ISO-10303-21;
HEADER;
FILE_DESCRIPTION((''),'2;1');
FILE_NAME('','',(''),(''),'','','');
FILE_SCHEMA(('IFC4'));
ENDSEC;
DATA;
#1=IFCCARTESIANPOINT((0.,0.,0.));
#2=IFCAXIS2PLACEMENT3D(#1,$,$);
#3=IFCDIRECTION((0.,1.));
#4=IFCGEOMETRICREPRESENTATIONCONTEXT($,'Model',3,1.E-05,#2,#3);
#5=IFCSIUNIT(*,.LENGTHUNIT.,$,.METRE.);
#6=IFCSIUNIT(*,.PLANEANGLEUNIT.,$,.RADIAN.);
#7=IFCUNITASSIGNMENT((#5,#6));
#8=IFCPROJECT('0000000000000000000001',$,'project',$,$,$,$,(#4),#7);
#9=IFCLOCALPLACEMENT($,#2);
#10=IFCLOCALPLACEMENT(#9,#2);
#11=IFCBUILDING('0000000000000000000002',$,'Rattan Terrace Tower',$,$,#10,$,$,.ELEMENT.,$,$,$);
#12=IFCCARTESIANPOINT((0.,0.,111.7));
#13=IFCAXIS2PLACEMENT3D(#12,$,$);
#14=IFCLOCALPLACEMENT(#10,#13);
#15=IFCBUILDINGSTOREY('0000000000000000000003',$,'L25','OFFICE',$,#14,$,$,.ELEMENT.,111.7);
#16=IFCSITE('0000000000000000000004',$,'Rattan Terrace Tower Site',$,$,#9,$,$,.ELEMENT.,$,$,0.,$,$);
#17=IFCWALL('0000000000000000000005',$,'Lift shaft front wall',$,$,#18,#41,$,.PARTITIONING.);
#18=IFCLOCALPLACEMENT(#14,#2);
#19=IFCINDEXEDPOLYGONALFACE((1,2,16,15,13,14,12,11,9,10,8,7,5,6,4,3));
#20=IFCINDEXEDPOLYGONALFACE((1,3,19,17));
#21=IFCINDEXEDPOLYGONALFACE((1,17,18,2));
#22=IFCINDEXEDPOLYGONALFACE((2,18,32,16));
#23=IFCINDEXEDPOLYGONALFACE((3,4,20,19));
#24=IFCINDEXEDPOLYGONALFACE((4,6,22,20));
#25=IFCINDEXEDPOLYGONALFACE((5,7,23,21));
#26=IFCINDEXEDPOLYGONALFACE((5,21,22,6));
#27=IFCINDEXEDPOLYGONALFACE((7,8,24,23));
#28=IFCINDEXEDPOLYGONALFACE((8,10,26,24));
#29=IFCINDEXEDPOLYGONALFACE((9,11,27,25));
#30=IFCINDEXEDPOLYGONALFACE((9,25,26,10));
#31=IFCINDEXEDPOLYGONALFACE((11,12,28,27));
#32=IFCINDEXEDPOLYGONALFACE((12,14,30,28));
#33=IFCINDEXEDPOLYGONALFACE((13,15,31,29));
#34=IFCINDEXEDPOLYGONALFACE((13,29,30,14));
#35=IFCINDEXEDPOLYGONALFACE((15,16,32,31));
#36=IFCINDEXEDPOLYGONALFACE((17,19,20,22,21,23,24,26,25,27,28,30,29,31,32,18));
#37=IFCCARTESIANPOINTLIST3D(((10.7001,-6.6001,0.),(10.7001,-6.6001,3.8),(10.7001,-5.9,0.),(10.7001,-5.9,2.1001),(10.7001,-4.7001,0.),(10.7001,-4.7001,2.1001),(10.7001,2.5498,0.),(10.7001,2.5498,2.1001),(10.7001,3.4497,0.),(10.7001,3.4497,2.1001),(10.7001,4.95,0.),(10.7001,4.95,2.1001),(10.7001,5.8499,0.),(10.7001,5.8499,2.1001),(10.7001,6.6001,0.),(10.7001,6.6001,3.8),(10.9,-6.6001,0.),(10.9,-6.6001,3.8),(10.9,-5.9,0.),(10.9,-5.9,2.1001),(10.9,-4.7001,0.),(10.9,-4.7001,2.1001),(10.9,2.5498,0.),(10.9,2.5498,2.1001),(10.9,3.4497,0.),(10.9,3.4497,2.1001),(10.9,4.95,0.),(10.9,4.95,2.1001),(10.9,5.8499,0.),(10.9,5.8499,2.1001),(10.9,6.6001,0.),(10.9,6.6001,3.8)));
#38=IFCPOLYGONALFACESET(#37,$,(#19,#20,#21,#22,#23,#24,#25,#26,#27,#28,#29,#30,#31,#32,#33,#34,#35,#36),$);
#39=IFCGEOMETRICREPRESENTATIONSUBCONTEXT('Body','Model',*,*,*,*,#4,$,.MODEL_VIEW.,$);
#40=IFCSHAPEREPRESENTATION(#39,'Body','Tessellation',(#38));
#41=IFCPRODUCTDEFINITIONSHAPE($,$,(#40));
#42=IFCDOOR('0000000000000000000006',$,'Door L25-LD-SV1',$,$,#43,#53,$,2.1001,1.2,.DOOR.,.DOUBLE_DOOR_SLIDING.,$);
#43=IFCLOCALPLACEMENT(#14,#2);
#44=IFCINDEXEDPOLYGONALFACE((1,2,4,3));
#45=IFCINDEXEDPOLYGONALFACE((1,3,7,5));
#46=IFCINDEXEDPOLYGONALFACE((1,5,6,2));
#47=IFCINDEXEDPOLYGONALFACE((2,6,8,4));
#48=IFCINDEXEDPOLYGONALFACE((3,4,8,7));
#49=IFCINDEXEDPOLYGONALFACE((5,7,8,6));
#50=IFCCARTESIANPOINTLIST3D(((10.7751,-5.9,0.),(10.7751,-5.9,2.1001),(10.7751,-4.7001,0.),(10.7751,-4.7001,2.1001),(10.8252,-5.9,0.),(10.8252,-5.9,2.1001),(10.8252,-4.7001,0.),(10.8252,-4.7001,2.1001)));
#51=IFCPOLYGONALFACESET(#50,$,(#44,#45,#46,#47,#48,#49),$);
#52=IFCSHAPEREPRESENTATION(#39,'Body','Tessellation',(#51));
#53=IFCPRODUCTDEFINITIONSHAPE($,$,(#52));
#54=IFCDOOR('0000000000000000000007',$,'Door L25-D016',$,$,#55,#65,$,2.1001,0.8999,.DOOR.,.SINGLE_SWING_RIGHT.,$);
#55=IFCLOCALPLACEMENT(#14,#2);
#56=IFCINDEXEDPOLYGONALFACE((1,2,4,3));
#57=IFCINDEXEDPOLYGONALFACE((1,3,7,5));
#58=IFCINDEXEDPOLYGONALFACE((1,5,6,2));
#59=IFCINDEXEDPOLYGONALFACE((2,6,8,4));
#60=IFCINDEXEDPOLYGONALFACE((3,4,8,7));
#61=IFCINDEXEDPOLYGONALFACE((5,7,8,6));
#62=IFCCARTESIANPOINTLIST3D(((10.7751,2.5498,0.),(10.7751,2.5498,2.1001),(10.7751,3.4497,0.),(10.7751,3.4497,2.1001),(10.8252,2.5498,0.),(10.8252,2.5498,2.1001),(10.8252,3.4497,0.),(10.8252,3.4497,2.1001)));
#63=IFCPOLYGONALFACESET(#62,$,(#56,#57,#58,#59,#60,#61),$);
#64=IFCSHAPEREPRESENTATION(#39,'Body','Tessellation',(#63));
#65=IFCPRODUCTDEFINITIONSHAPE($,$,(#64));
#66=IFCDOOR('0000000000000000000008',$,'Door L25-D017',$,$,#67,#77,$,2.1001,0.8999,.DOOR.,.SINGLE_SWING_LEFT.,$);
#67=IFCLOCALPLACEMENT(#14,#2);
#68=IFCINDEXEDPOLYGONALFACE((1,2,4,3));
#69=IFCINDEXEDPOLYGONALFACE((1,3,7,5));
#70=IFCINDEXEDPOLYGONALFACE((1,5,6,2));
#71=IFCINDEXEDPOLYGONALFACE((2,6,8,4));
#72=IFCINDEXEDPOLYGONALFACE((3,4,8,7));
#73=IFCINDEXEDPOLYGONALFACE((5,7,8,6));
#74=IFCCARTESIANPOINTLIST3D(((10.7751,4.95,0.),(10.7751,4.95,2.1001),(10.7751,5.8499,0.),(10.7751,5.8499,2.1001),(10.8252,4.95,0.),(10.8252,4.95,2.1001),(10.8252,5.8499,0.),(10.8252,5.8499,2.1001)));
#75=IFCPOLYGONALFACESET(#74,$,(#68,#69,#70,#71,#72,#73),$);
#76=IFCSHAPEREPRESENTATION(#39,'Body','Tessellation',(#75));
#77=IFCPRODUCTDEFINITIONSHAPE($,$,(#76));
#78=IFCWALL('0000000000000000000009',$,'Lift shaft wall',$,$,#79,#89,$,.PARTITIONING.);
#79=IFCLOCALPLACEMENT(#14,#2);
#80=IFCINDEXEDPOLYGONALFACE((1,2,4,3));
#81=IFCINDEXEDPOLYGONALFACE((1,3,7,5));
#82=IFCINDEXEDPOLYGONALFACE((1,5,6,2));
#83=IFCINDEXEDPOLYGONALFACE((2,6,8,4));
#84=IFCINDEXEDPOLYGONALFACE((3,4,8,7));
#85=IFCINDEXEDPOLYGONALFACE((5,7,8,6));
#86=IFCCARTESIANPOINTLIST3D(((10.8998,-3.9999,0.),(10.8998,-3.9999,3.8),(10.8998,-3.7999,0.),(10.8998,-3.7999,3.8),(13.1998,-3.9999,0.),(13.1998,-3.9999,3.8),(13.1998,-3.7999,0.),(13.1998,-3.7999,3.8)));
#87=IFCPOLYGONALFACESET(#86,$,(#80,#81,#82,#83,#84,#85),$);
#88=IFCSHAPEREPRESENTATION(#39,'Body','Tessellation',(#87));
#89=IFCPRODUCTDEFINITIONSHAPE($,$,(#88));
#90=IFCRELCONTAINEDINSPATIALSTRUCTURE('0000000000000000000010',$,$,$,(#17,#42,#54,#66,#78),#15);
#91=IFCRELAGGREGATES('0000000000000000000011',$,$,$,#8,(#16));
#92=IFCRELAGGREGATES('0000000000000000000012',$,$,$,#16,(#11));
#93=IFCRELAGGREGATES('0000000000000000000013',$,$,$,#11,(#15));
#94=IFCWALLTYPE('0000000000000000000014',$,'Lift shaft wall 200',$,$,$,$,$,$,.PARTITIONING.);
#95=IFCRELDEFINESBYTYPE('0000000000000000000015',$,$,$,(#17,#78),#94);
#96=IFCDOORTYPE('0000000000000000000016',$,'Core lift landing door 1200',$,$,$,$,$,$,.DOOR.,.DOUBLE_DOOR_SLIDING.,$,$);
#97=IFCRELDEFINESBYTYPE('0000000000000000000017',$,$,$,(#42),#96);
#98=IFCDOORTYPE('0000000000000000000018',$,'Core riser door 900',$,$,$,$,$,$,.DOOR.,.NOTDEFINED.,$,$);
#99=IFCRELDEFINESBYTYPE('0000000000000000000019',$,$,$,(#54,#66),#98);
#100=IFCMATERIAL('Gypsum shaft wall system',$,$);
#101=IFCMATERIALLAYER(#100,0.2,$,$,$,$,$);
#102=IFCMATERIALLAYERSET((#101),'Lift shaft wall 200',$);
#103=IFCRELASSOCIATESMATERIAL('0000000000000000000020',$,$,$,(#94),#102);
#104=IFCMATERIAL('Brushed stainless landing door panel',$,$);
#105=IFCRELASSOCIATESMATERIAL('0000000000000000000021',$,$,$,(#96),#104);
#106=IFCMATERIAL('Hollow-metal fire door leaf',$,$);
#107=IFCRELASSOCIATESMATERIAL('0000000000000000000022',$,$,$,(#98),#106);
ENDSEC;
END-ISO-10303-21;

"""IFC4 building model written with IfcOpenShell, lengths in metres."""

from ifc_helpers import new_model, si_unit, direction, frame, frame_2d, origin, place, context, subcontext, project, spatial, rectangle, extrude, material, layer, layer_set, type_object, element, fill, save


model = new_model("IFC4")

# Units and contexts
model_context = context("Model", 3, precision=1e-05, world=origin(), true_north=direction((0.0, 1.0)))
body_context = subcontext(model_context, "Body", "Model", "MODEL_VIEW")
ifc_project = project(units=[si_unit("LENGTHUNIT", "METRE"), si_unit("PLANEANGLEUNIT", "RADIAN")], contexts=[model_context])

# Site, building, storey
site_placement = place(None, origin())
site = spatial("IfcSite", under=ifc_project, at=site_placement, Name="Rattan Terrace Tower Site", CompositionType="ELEMENT", RefElevation=0.0)
building_placement = place(site_placement, origin())
building = spatial("IfcBuilding", under=site, at=building_placement, Name="Rattan Terrace Tower", CompositionType="ELEMENT")
storey_placement = place(building_placement, frame((0.0, 0.0, 111.7)))
storey = spatial("IfcBuildingStorey", under=building, at=storey_placement, Name="L25", Description="OFFICE", CompositionType="ELEMENT", Elevation=111.7)

# Wall, openings, doors
ifc_material_1 = material(Name="Gypsum shaft wall system")
ifc_layer_1 = layer(ifc_material_1, 0.2)
ifc_layer_set_1 = layer_set([ifc_layer_1], Name="Lift shaft wall 200")
wall_type_1 = type_object("IfcWallType", Name="Lift shaft wall 200", PredefinedType="PARTITIONING", material=ifc_layer_set_1)
wall_1_placement = place(storey_placement, frame((10.8, -6.6001, 0.0), z_axis=(0.0, 0.0, 1.0), x_axis=(0.0, 1.0, 0.0)))
wall_1 = element("IfcWall", 1, at=wall_1_placement, inside=storey, type_object=wall_type_1, Name="Lift shaft front wall", PredefinedType="PARTITIONING", context=body_context, shape_type="SweptSolid", body=[
    extrude(rectangle(XDim=13.2002, YDim=0.2, at=frame_2d((6.6001, 0.0))), origin(), (0.0, 0.0, 1.0), 3.8),
])
opening_1_placement = place(wall_1_placement, frame((0.7, 0.0, 0.0)))
opening_1 = element("IfcOpeningElement", 2, at=opening_1_placement, cuts=wall_1, PredefinedType="OPENING", context=body_context, shape_type="SweptSolid", body=[
    extrude(rectangle(XDim=1.2, YDim=2.1001, at=frame_2d((0.6001, 1.05))), frame((0.0, 0.1106, 0.0), z_axis=(0.0, -1.0, 0.0), x_axis=(1.0, 0.0, 0.0)), (0.0, 0.0, 1.0), 0.2209),
])
opening_2_placement = place(wall_1_placement, frame((9.1499, 0.0, 0.0)))
opening_2 = element("IfcOpeningElement", 3, at=opening_2_placement, cuts=wall_1, PredefinedType="OPENING", context=body_context, shape_type="SweptSolid", body=[
    extrude(rectangle(XDim=0.8999, YDim=2.1001, at=frame_2d((0.45, 1.05))), frame((0.0, 0.1106, 0.0), z_axis=(0.0, -1.0, 0.0), x_axis=(1.0, 0.0, 0.0)), (0.0, 0.0, 1.0), 0.2209),
])
opening_3_placement = place(wall_1_placement, frame((11.55, 0.0, 0.0)))
opening_3 = element("IfcOpeningElement", 4, at=opening_3_placement, cuts=wall_1, PredefinedType="OPENING", context=body_context, shape_type="SweptSolid", body=[
    extrude(rectangle(XDim=0.8999, YDim=2.1001, at=frame_2d((0.45, 1.05))), frame((0.0, 0.1106, 0.0), z_axis=(0.0, -1.0, 0.0), x_axis=(1.0, 0.0, 0.0)), (0.0, 0.0, 1.0), 0.2209),
])
ifc_material_2 = material(Name="Brushed stainless landing door panel")
door_type_1 = type_object("IfcDoorType", Name="Core lift landing door 1200", OperationType="DOUBLE_DOOR_SLIDING", PredefinedType="DOOR", material=ifc_material_2)
door_1_placement = place(opening_1_placement, origin())
door_1 = element("IfcDoor", 5, at=door_1_placement, inside=storey, type_object=door_type_1, Name="Door L25-LD-SV1", OperationType="DOUBLE_DOOR_SLIDING", OverallHeight=2.1001, OverallWidth=1.2, PredefinedType="DOOR", context=body_context, shape_type="SweptSolid", body=[
    extrude(rectangle(XDim=1.2, YDim=2.1001, at=frame_2d((0.6001, 1.05))), frame((0.0, 0.0249, 0.0), z_axis=(0.0, -1.0, 0.0), x_axis=(1.0, 0.0, 0.0)), (0.0, 0.0, 1.0), 0.05),
])
fill(opening_1, door_1)
ifc_material_3 = material(Name="Hollow-metal fire door leaf")
door_type_2 = type_object("IfcDoorType", Name="Core riser door 900", OperationType="NOTDEFINED", PredefinedType="DOOR", material=ifc_material_3)
door_2_placement = place(opening_2_placement, origin())
door_2 = element("IfcDoor", 6, at=door_2_placement, inside=storey, type_object=door_type_2, Name="Door L25-D016", OperationType="SINGLE_SWING_RIGHT", OverallHeight=2.1001, OverallWidth=0.8999, PredefinedType="DOOR", context=body_context, shape_type="SweptSolid", body=[
    extrude(rectangle(XDim=0.8999, YDim=2.1001, at=frame_2d((0.45, 1.05))), frame((0.0, 0.0249, 0.0), z_axis=(0.0, -1.0, 0.0), x_axis=(1.0, 0.0, 0.0)), (0.0, 0.0, 1.0), 0.05),
])
fill(opening_2, door_2)
door_3_placement = place(opening_3_placement, origin())
door_3 = element("IfcDoor", 7, at=door_3_placement, inside=storey, type_object=door_type_2, Name="Door L25-D017", OperationType="SINGLE_SWING_LEFT", OverallHeight=2.1001, OverallWidth=0.8999, PredefinedType="DOOR", context=body_context, shape_type="SweptSolid", body=[
    extrude(rectangle(XDim=0.8999, YDim=2.1001, at=frame_2d((0.45, 1.05))), frame((0.0, 0.0249, 0.0), z_axis=(0.0, -1.0, 0.0), x_axis=(1.0, 0.0, 0.0)), (0.0, 0.0, 1.0), 0.05),
])
fill(opening_3, door_3)

# Wall
wall_2_placement = place(storey_placement, frame((10.8999, -3.8999, 0.0), z_axis=(0.0, 0.0, 1.0), x_axis=(1.0, 0.0, 0.0)))
element("IfcWall", 8, at=wall_2_placement, inside=storey, type_object=wall_type_1, Name="Lift shaft wall", PredefinedType="PARTITIONING", context=body_context, shape_type="SweptSolid", body=[
    extrude(rectangle(XDim=2.3, YDim=0.2, at=frame_2d((1.1499, 0.0))), origin(), (0.0, 0.0, 1.0), 3.8),
])

save(model, "model.ifc")
